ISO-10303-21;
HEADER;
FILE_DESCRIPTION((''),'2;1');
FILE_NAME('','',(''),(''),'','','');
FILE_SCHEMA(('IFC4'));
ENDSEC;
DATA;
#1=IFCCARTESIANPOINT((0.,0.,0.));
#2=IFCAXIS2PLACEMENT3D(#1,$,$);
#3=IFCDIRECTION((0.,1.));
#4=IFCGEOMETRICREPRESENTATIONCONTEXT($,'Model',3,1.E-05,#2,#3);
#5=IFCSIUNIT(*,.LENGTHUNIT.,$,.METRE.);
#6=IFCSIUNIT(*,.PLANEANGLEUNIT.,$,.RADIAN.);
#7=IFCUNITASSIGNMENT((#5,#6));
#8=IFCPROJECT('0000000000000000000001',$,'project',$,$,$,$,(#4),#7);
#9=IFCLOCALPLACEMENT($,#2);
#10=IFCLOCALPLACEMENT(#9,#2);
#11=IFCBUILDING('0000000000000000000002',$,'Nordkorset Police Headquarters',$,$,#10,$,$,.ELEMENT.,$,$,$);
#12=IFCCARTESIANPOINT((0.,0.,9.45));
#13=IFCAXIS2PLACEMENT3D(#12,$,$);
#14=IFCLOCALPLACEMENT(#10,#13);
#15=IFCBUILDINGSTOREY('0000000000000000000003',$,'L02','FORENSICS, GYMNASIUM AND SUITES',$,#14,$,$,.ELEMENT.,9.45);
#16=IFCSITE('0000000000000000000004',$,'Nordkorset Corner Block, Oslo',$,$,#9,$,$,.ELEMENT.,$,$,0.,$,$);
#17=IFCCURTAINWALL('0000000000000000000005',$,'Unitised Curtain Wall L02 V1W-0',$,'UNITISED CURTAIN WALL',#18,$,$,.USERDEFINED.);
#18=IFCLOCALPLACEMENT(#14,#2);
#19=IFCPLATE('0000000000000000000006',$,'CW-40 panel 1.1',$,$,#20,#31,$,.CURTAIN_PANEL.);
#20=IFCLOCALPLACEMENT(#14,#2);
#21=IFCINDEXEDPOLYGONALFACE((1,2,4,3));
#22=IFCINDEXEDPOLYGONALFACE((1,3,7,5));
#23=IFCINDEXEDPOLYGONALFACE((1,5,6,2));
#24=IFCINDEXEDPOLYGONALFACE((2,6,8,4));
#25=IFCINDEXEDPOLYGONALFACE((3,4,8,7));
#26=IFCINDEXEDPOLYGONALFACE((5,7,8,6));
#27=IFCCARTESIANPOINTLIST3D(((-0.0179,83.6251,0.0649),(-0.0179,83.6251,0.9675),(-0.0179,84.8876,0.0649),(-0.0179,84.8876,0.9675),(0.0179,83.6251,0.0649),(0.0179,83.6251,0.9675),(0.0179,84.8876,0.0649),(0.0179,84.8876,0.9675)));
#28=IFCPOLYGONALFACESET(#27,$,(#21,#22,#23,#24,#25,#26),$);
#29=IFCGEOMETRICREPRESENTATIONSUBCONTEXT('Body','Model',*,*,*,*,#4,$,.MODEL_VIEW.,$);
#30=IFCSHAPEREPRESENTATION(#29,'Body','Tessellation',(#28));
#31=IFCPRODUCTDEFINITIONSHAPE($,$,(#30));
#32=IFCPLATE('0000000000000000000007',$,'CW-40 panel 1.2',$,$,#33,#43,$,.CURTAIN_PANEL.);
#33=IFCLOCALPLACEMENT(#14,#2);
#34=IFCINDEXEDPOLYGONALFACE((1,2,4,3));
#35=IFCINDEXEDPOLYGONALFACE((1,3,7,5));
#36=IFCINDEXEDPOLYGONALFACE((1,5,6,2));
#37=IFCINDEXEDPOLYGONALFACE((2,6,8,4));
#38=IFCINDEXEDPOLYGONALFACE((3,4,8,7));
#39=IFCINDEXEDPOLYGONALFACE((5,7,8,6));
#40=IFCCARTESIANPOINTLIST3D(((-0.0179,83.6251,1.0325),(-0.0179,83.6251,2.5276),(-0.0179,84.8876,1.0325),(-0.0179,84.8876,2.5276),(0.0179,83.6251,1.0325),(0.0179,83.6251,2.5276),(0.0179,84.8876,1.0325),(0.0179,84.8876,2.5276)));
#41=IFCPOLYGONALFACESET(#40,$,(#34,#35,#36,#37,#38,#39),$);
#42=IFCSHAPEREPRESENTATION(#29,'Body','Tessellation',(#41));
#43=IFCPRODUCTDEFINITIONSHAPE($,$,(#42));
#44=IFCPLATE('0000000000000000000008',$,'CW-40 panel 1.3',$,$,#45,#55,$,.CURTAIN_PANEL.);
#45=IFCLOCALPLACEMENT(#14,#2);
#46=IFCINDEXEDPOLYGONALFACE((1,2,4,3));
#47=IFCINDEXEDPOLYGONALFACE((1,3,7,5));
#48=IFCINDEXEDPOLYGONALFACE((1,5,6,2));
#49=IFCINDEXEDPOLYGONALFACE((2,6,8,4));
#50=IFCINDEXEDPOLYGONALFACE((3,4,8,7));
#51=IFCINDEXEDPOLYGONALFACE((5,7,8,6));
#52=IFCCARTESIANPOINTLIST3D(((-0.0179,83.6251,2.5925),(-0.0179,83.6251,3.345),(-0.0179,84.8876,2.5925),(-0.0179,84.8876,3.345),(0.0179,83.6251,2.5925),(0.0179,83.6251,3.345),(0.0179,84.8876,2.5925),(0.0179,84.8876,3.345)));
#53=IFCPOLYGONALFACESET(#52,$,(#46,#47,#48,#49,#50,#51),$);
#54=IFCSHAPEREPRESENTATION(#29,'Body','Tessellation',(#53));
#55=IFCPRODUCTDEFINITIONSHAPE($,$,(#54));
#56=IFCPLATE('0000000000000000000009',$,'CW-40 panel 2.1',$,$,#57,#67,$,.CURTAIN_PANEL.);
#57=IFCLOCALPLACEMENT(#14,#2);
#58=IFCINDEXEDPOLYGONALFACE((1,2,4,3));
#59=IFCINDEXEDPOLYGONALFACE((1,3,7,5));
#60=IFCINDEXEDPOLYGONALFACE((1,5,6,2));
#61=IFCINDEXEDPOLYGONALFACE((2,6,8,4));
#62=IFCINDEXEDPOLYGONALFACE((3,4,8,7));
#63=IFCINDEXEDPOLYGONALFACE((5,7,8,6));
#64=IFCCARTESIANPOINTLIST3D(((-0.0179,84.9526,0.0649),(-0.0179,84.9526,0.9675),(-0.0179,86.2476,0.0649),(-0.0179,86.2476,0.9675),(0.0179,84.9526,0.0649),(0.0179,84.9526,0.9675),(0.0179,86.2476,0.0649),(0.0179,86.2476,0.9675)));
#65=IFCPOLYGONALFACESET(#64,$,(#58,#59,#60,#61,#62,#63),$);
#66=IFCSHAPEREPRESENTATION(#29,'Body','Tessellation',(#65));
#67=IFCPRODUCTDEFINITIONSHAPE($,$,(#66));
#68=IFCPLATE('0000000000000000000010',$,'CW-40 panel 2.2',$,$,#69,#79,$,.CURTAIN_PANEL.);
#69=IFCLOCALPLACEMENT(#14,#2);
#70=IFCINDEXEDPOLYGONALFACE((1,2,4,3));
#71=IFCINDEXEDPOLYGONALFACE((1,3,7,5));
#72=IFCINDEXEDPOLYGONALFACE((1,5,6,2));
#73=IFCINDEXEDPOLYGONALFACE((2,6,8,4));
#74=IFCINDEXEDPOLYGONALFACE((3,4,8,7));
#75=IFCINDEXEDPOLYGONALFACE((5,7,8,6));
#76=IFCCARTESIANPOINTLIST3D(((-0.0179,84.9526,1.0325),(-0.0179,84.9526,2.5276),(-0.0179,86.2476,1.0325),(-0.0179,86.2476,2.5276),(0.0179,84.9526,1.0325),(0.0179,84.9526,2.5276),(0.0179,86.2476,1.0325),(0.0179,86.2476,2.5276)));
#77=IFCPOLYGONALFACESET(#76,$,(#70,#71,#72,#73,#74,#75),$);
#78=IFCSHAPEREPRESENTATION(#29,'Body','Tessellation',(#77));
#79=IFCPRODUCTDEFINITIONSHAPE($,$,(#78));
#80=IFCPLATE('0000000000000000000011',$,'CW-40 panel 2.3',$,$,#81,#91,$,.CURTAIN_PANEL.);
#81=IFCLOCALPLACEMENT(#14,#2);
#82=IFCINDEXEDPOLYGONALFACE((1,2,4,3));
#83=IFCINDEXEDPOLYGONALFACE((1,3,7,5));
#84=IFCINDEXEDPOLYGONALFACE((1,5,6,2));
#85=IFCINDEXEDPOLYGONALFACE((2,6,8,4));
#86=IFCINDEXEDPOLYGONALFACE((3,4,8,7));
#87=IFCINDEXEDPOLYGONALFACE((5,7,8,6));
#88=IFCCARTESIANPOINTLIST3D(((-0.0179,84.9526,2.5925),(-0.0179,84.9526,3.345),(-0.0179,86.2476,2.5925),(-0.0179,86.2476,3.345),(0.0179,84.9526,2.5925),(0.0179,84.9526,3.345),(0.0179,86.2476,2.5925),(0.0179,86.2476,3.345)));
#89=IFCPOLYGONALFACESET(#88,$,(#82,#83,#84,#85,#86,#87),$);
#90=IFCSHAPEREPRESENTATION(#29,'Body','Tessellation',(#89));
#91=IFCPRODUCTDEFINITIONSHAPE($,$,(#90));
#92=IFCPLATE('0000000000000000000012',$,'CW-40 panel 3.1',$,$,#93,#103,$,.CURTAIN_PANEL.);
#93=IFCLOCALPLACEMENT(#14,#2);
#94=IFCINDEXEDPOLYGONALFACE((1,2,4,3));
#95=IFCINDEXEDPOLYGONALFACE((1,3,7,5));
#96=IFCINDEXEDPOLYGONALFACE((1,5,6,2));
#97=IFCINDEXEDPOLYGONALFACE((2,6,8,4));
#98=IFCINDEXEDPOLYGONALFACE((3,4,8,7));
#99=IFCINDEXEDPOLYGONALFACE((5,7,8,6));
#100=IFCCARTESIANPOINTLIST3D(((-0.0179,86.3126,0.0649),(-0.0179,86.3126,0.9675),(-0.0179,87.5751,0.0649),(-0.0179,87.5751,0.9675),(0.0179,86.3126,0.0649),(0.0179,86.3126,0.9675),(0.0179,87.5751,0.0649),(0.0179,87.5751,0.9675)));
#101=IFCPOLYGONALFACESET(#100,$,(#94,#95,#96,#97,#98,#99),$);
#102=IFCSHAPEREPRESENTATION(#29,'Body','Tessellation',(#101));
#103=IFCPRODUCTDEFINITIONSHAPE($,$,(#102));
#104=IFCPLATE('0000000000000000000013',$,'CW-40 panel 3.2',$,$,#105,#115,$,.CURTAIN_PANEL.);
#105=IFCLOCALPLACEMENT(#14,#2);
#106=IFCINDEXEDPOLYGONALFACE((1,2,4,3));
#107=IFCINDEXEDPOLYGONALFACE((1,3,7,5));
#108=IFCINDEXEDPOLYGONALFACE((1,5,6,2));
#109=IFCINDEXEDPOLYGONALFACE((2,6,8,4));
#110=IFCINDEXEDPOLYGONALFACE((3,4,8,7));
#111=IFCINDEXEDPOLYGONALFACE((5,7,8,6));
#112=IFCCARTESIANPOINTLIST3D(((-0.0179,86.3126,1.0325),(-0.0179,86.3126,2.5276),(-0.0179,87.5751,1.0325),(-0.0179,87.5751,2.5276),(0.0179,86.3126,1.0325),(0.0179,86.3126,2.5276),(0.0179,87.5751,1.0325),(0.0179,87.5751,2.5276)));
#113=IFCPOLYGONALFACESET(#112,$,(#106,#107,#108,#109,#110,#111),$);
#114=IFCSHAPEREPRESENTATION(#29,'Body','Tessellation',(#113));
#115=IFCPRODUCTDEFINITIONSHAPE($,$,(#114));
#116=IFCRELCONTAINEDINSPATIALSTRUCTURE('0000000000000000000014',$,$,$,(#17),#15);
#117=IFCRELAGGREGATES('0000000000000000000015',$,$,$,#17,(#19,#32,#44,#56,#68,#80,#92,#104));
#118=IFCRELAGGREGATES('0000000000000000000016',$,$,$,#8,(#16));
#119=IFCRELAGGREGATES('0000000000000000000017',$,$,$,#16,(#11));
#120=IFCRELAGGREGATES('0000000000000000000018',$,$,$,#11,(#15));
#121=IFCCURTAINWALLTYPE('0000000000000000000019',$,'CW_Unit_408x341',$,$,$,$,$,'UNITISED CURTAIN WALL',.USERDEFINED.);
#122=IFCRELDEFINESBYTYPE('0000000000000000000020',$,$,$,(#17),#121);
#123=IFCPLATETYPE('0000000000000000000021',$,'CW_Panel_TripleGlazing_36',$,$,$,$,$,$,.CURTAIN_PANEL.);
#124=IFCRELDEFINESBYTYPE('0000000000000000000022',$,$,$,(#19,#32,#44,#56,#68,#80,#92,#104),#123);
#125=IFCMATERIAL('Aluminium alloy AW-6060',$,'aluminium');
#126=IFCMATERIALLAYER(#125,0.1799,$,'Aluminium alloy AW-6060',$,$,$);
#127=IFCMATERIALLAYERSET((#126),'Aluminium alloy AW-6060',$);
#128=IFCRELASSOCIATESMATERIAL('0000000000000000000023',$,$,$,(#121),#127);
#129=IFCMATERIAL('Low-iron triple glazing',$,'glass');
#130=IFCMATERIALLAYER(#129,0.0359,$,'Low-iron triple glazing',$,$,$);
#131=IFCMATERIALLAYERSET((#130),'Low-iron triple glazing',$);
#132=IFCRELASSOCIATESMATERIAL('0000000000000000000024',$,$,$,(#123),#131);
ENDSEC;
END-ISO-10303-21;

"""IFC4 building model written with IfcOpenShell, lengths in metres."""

from ifc_helpers import new_model, si_unit, direction, frame, origin, origin_2d, place, context, subcontext, project, spatial, rectangle, extrude, material, layer, layer_set, type_object, element, aggregate, save


model = new_model("IFC4")

# Units and contexts
model_context = context("Model", 3, precision=1e-05, world=origin(), true_north=direction((0.0, 1.0)))
body_context = subcontext(model_context, "Body", "Model", "MODEL_VIEW")
ifc_project = project(units=[si_unit("LENGTHUNIT", "METRE"), si_unit("PLANEANGLEUNIT", "RADIAN")], contexts=[model_context])

# Site, building, storey
site_placement = place(None, origin())
site = spatial("IfcSite", under=ifc_project, at=site_placement, Name="Nordkorset Corner Block, Oslo", CompositionType="ELEMENT", RefElevation=0.0)
building_placement = place(site_placement, origin())
building = spatial("IfcBuilding", under=site, at=building_placement, Name="Nordkorset Police Headquarters", CompositionType="ELEMENT")
storey_placement = place(building_placement, frame((0.0, 0.0, 9.45)))
storey = spatial("IfcBuildingStorey", under=building, at=storey_placement, Name="L02", Description="FORENSICS, GYMNASIUM AND SUITES", CompositionType="ELEMENT", Elevation=9.45)

# Curtain wall, plates
ifc_material_1 = material(Name="Aluminium alloy AW-6060", Category="aluminium")
ifc_layer_1 = layer(ifc_material_1, 0.1799, Name="Aluminium alloy AW-6060")
ifc_layer_set_1 = layer_set([ifc_layer_1], Name="Aluminium alloy AW-6060")
curtain_wall_type = type_object("IfcCurtainWallType", Name="CW_Unit_408x341", ElementType="UNITISED CURTAIN WALL", PredefinedType="USERDEFINED", material=ifc_layer_set_1)
curtain_wall_placement = place(storey_placement, origin())
curtain_wall = element("IfcCurtainWall", 1, at=curtain_wall_placement, inside=storey, type_object=curtain_wall_type, Name="Unitised Curtain Wall L02 V1W-0", ObjectType="UNITISED CURTAIN WALL", PredefinedType="USERDEFINED")
ifc_material_2 = material(Name="Low-iron triple glazing", Category="glass")
ifc_layer_2 = layer(ifc_material_2, 0.0359, Name="Low-iron triple glazing")
ifc_layer_set_2 = layer_set([ifc_layer_2], Name="Low-iron triple glazing")
plate_type = type_object("IfcPlateType", Name="CW_Panel_TripleGlazing_36", PredefinedType="CURTAIN_PANEL", material=ifc_layer_set_2)
plate_1_placement = place(storey_placement, frame((0.0, 84.2563, 0.0649), z_axis=(0.0, 0.0, 1.0), x_axis=(0.0, 1.0, 0.0)))
plate_1 = element("IfcPlate", 2, at=plate_1_placement, type_object=plate_type, Name="CW-40 panel 1.1", PredefinedType="CURTAIN_PANEL", context=body_context, shape_type="SweptSolid", body=[
    extrude(rectangle(XDim=1.2625, YDim=0.0359, at=origin_2d()), origin(), (0.0, 0.0, 1.0), 0.9026),
])
plate_2_placement = place(storey_placement, frame((0.0, 84.2563, 1.0325), z_axis=(0.0, 0.0, 1.0), x_axis=(0.0, 1.0, 0.0)))
plate_2 = element("IfcPlate", 3, at=plate_2_placement, type_object=plate_type, Name="CW-40 panel 1.2", PredefinedType="CURTAIN_PANEL", context=body_context, shape_type="SweptSolid", body=[
    extrude(rectangle(XDim=1.2625, YDim=0.0359, at=origin_2d()), origin(), (0.0, 0.0, 1.0), 1.4951),
])
plate_3_placement = place(storey_placement, frame((0.0, 84.2563, 2.5925), z_axis=(0.0, 0.0, 1.0), x_axis=(0.0, 1.0, 0.0)))
plate_3 = element("IfcPlate", 4, at=plate_3_placement, type_object=plate_type, Name="CW-40 panel 1.3", PredefinedType="CURTAIN_PANEL", context=body_context, shape_type="SweptSolid", body=[
    extrude(rectangle(XDim=1.2625, YDim=0.0359, at=origin_2d()), origin(), (0.0, 0.0, 1.0), 0.7524),
])
plate_4_placement = place(storey_placement, frame((0.0, 85.6001, 0.0649), z_axis=(0.0, 0.0, 1.0), x_axis=(0.0, 1.0, 0.0)))
plate_4 = element("IfcPlate", 5, at=plate_4_placement, type_object=plate_type, Name="CW-40 panel 2.1", PredefinedType="CURTAIN_PANEL", context=body_context, shape_type="SweptSolid", body=[
    extrude(rectangle(XDim=1.2949, YDim=0.0359, at=origin_2d()), origin(), (0.0, 0.0, 1.0), 0.9026),
])
plate_5_placement = place(storey_placement, frame((0.0, 85.6001, 1.0325), z_axis=(0.0, 0.0, 1.0), x_axis=(0.0, 1.0, 0.0)))
plate_5 = element("IfcPlate", 6, at=plate_5_placement, type_object=plate_type, Name="CW-40 panel 2.2", PredefinedType="CURTAIN_PANEL", context=body_context, shape_type="SweptSolid", body=[
    extrude(rectangle(XDim=1.2949, YDim=0.0359, at=origin_2d()), origin(), (0.0, 0.0, 1.0), 1.4951),
])
plate_6_placement = place(storey_placement, frame((0.0, 85.6001, 2.5925), z_axis=(0.0, 0.0, 1.0), x_axis=(0.0, 1.0, 0.0)))
plate_6 = element("IfcPlate", 7, at=plate_6_placement, type_object=plate_type, Name="CW-40 panel 2.3", PredefinedType="CURTAIN_PANEL", context=body_context, shape_type="SweptSolid", body=[
    extrude(rectangle(XDim=1.2949, YDim=0.0359, at=origin_2d()), origin(), (0.0, 0.0, 1.0), 0.7524),
])
plate_7_placement = place(storey_placement, frame((0.0, 86.9438, 0.0649), z_axis=(0.0, 0.0, 1.0), x_axis=(0.0, 1.0, 0.0)))
plate_7 = element("IfcPlate", 8, at=plate_7_placement, type_object=plate_type, Name="CW-40 panel 3.1", PredefinedType="CURTAIN_PANEL", context=body_context, shape_type="SweptSolid", body=[
    extrude(rectangle(XDim=1.2625, YDim=0.0359, at=origin_2d()), origin(), (0.0, 0.0, 1.0), 0.9026),
])
plate_8_placement = place(storey_placement, frame((0.0, 86.9438, 1.0325), z_axis=(0.0, 0.0, 1.0), x_axis=(0.0, 1.0, 0.0)))
plate_8 = element("IfcPlate", 9, at=plate_8_placement, type_object=plate_type, Name="CW-40 panel 3.2", PredefinedType="CURTAIN_PANEL", context=body_context, shape_type="SweptSolid", body=[
    extrude(rectangle(XDim=1.2625, YDim=0.0359, at=origin_2d()), origin(), (0.0, 0.0, 1.0), 1.4951),
])
aggregate(curtain_wall, [plate_1, plate_2, plate_3, plate_4, plate_5, plate_6, plate_7, plate_8])

save(model, "model.ifc")
